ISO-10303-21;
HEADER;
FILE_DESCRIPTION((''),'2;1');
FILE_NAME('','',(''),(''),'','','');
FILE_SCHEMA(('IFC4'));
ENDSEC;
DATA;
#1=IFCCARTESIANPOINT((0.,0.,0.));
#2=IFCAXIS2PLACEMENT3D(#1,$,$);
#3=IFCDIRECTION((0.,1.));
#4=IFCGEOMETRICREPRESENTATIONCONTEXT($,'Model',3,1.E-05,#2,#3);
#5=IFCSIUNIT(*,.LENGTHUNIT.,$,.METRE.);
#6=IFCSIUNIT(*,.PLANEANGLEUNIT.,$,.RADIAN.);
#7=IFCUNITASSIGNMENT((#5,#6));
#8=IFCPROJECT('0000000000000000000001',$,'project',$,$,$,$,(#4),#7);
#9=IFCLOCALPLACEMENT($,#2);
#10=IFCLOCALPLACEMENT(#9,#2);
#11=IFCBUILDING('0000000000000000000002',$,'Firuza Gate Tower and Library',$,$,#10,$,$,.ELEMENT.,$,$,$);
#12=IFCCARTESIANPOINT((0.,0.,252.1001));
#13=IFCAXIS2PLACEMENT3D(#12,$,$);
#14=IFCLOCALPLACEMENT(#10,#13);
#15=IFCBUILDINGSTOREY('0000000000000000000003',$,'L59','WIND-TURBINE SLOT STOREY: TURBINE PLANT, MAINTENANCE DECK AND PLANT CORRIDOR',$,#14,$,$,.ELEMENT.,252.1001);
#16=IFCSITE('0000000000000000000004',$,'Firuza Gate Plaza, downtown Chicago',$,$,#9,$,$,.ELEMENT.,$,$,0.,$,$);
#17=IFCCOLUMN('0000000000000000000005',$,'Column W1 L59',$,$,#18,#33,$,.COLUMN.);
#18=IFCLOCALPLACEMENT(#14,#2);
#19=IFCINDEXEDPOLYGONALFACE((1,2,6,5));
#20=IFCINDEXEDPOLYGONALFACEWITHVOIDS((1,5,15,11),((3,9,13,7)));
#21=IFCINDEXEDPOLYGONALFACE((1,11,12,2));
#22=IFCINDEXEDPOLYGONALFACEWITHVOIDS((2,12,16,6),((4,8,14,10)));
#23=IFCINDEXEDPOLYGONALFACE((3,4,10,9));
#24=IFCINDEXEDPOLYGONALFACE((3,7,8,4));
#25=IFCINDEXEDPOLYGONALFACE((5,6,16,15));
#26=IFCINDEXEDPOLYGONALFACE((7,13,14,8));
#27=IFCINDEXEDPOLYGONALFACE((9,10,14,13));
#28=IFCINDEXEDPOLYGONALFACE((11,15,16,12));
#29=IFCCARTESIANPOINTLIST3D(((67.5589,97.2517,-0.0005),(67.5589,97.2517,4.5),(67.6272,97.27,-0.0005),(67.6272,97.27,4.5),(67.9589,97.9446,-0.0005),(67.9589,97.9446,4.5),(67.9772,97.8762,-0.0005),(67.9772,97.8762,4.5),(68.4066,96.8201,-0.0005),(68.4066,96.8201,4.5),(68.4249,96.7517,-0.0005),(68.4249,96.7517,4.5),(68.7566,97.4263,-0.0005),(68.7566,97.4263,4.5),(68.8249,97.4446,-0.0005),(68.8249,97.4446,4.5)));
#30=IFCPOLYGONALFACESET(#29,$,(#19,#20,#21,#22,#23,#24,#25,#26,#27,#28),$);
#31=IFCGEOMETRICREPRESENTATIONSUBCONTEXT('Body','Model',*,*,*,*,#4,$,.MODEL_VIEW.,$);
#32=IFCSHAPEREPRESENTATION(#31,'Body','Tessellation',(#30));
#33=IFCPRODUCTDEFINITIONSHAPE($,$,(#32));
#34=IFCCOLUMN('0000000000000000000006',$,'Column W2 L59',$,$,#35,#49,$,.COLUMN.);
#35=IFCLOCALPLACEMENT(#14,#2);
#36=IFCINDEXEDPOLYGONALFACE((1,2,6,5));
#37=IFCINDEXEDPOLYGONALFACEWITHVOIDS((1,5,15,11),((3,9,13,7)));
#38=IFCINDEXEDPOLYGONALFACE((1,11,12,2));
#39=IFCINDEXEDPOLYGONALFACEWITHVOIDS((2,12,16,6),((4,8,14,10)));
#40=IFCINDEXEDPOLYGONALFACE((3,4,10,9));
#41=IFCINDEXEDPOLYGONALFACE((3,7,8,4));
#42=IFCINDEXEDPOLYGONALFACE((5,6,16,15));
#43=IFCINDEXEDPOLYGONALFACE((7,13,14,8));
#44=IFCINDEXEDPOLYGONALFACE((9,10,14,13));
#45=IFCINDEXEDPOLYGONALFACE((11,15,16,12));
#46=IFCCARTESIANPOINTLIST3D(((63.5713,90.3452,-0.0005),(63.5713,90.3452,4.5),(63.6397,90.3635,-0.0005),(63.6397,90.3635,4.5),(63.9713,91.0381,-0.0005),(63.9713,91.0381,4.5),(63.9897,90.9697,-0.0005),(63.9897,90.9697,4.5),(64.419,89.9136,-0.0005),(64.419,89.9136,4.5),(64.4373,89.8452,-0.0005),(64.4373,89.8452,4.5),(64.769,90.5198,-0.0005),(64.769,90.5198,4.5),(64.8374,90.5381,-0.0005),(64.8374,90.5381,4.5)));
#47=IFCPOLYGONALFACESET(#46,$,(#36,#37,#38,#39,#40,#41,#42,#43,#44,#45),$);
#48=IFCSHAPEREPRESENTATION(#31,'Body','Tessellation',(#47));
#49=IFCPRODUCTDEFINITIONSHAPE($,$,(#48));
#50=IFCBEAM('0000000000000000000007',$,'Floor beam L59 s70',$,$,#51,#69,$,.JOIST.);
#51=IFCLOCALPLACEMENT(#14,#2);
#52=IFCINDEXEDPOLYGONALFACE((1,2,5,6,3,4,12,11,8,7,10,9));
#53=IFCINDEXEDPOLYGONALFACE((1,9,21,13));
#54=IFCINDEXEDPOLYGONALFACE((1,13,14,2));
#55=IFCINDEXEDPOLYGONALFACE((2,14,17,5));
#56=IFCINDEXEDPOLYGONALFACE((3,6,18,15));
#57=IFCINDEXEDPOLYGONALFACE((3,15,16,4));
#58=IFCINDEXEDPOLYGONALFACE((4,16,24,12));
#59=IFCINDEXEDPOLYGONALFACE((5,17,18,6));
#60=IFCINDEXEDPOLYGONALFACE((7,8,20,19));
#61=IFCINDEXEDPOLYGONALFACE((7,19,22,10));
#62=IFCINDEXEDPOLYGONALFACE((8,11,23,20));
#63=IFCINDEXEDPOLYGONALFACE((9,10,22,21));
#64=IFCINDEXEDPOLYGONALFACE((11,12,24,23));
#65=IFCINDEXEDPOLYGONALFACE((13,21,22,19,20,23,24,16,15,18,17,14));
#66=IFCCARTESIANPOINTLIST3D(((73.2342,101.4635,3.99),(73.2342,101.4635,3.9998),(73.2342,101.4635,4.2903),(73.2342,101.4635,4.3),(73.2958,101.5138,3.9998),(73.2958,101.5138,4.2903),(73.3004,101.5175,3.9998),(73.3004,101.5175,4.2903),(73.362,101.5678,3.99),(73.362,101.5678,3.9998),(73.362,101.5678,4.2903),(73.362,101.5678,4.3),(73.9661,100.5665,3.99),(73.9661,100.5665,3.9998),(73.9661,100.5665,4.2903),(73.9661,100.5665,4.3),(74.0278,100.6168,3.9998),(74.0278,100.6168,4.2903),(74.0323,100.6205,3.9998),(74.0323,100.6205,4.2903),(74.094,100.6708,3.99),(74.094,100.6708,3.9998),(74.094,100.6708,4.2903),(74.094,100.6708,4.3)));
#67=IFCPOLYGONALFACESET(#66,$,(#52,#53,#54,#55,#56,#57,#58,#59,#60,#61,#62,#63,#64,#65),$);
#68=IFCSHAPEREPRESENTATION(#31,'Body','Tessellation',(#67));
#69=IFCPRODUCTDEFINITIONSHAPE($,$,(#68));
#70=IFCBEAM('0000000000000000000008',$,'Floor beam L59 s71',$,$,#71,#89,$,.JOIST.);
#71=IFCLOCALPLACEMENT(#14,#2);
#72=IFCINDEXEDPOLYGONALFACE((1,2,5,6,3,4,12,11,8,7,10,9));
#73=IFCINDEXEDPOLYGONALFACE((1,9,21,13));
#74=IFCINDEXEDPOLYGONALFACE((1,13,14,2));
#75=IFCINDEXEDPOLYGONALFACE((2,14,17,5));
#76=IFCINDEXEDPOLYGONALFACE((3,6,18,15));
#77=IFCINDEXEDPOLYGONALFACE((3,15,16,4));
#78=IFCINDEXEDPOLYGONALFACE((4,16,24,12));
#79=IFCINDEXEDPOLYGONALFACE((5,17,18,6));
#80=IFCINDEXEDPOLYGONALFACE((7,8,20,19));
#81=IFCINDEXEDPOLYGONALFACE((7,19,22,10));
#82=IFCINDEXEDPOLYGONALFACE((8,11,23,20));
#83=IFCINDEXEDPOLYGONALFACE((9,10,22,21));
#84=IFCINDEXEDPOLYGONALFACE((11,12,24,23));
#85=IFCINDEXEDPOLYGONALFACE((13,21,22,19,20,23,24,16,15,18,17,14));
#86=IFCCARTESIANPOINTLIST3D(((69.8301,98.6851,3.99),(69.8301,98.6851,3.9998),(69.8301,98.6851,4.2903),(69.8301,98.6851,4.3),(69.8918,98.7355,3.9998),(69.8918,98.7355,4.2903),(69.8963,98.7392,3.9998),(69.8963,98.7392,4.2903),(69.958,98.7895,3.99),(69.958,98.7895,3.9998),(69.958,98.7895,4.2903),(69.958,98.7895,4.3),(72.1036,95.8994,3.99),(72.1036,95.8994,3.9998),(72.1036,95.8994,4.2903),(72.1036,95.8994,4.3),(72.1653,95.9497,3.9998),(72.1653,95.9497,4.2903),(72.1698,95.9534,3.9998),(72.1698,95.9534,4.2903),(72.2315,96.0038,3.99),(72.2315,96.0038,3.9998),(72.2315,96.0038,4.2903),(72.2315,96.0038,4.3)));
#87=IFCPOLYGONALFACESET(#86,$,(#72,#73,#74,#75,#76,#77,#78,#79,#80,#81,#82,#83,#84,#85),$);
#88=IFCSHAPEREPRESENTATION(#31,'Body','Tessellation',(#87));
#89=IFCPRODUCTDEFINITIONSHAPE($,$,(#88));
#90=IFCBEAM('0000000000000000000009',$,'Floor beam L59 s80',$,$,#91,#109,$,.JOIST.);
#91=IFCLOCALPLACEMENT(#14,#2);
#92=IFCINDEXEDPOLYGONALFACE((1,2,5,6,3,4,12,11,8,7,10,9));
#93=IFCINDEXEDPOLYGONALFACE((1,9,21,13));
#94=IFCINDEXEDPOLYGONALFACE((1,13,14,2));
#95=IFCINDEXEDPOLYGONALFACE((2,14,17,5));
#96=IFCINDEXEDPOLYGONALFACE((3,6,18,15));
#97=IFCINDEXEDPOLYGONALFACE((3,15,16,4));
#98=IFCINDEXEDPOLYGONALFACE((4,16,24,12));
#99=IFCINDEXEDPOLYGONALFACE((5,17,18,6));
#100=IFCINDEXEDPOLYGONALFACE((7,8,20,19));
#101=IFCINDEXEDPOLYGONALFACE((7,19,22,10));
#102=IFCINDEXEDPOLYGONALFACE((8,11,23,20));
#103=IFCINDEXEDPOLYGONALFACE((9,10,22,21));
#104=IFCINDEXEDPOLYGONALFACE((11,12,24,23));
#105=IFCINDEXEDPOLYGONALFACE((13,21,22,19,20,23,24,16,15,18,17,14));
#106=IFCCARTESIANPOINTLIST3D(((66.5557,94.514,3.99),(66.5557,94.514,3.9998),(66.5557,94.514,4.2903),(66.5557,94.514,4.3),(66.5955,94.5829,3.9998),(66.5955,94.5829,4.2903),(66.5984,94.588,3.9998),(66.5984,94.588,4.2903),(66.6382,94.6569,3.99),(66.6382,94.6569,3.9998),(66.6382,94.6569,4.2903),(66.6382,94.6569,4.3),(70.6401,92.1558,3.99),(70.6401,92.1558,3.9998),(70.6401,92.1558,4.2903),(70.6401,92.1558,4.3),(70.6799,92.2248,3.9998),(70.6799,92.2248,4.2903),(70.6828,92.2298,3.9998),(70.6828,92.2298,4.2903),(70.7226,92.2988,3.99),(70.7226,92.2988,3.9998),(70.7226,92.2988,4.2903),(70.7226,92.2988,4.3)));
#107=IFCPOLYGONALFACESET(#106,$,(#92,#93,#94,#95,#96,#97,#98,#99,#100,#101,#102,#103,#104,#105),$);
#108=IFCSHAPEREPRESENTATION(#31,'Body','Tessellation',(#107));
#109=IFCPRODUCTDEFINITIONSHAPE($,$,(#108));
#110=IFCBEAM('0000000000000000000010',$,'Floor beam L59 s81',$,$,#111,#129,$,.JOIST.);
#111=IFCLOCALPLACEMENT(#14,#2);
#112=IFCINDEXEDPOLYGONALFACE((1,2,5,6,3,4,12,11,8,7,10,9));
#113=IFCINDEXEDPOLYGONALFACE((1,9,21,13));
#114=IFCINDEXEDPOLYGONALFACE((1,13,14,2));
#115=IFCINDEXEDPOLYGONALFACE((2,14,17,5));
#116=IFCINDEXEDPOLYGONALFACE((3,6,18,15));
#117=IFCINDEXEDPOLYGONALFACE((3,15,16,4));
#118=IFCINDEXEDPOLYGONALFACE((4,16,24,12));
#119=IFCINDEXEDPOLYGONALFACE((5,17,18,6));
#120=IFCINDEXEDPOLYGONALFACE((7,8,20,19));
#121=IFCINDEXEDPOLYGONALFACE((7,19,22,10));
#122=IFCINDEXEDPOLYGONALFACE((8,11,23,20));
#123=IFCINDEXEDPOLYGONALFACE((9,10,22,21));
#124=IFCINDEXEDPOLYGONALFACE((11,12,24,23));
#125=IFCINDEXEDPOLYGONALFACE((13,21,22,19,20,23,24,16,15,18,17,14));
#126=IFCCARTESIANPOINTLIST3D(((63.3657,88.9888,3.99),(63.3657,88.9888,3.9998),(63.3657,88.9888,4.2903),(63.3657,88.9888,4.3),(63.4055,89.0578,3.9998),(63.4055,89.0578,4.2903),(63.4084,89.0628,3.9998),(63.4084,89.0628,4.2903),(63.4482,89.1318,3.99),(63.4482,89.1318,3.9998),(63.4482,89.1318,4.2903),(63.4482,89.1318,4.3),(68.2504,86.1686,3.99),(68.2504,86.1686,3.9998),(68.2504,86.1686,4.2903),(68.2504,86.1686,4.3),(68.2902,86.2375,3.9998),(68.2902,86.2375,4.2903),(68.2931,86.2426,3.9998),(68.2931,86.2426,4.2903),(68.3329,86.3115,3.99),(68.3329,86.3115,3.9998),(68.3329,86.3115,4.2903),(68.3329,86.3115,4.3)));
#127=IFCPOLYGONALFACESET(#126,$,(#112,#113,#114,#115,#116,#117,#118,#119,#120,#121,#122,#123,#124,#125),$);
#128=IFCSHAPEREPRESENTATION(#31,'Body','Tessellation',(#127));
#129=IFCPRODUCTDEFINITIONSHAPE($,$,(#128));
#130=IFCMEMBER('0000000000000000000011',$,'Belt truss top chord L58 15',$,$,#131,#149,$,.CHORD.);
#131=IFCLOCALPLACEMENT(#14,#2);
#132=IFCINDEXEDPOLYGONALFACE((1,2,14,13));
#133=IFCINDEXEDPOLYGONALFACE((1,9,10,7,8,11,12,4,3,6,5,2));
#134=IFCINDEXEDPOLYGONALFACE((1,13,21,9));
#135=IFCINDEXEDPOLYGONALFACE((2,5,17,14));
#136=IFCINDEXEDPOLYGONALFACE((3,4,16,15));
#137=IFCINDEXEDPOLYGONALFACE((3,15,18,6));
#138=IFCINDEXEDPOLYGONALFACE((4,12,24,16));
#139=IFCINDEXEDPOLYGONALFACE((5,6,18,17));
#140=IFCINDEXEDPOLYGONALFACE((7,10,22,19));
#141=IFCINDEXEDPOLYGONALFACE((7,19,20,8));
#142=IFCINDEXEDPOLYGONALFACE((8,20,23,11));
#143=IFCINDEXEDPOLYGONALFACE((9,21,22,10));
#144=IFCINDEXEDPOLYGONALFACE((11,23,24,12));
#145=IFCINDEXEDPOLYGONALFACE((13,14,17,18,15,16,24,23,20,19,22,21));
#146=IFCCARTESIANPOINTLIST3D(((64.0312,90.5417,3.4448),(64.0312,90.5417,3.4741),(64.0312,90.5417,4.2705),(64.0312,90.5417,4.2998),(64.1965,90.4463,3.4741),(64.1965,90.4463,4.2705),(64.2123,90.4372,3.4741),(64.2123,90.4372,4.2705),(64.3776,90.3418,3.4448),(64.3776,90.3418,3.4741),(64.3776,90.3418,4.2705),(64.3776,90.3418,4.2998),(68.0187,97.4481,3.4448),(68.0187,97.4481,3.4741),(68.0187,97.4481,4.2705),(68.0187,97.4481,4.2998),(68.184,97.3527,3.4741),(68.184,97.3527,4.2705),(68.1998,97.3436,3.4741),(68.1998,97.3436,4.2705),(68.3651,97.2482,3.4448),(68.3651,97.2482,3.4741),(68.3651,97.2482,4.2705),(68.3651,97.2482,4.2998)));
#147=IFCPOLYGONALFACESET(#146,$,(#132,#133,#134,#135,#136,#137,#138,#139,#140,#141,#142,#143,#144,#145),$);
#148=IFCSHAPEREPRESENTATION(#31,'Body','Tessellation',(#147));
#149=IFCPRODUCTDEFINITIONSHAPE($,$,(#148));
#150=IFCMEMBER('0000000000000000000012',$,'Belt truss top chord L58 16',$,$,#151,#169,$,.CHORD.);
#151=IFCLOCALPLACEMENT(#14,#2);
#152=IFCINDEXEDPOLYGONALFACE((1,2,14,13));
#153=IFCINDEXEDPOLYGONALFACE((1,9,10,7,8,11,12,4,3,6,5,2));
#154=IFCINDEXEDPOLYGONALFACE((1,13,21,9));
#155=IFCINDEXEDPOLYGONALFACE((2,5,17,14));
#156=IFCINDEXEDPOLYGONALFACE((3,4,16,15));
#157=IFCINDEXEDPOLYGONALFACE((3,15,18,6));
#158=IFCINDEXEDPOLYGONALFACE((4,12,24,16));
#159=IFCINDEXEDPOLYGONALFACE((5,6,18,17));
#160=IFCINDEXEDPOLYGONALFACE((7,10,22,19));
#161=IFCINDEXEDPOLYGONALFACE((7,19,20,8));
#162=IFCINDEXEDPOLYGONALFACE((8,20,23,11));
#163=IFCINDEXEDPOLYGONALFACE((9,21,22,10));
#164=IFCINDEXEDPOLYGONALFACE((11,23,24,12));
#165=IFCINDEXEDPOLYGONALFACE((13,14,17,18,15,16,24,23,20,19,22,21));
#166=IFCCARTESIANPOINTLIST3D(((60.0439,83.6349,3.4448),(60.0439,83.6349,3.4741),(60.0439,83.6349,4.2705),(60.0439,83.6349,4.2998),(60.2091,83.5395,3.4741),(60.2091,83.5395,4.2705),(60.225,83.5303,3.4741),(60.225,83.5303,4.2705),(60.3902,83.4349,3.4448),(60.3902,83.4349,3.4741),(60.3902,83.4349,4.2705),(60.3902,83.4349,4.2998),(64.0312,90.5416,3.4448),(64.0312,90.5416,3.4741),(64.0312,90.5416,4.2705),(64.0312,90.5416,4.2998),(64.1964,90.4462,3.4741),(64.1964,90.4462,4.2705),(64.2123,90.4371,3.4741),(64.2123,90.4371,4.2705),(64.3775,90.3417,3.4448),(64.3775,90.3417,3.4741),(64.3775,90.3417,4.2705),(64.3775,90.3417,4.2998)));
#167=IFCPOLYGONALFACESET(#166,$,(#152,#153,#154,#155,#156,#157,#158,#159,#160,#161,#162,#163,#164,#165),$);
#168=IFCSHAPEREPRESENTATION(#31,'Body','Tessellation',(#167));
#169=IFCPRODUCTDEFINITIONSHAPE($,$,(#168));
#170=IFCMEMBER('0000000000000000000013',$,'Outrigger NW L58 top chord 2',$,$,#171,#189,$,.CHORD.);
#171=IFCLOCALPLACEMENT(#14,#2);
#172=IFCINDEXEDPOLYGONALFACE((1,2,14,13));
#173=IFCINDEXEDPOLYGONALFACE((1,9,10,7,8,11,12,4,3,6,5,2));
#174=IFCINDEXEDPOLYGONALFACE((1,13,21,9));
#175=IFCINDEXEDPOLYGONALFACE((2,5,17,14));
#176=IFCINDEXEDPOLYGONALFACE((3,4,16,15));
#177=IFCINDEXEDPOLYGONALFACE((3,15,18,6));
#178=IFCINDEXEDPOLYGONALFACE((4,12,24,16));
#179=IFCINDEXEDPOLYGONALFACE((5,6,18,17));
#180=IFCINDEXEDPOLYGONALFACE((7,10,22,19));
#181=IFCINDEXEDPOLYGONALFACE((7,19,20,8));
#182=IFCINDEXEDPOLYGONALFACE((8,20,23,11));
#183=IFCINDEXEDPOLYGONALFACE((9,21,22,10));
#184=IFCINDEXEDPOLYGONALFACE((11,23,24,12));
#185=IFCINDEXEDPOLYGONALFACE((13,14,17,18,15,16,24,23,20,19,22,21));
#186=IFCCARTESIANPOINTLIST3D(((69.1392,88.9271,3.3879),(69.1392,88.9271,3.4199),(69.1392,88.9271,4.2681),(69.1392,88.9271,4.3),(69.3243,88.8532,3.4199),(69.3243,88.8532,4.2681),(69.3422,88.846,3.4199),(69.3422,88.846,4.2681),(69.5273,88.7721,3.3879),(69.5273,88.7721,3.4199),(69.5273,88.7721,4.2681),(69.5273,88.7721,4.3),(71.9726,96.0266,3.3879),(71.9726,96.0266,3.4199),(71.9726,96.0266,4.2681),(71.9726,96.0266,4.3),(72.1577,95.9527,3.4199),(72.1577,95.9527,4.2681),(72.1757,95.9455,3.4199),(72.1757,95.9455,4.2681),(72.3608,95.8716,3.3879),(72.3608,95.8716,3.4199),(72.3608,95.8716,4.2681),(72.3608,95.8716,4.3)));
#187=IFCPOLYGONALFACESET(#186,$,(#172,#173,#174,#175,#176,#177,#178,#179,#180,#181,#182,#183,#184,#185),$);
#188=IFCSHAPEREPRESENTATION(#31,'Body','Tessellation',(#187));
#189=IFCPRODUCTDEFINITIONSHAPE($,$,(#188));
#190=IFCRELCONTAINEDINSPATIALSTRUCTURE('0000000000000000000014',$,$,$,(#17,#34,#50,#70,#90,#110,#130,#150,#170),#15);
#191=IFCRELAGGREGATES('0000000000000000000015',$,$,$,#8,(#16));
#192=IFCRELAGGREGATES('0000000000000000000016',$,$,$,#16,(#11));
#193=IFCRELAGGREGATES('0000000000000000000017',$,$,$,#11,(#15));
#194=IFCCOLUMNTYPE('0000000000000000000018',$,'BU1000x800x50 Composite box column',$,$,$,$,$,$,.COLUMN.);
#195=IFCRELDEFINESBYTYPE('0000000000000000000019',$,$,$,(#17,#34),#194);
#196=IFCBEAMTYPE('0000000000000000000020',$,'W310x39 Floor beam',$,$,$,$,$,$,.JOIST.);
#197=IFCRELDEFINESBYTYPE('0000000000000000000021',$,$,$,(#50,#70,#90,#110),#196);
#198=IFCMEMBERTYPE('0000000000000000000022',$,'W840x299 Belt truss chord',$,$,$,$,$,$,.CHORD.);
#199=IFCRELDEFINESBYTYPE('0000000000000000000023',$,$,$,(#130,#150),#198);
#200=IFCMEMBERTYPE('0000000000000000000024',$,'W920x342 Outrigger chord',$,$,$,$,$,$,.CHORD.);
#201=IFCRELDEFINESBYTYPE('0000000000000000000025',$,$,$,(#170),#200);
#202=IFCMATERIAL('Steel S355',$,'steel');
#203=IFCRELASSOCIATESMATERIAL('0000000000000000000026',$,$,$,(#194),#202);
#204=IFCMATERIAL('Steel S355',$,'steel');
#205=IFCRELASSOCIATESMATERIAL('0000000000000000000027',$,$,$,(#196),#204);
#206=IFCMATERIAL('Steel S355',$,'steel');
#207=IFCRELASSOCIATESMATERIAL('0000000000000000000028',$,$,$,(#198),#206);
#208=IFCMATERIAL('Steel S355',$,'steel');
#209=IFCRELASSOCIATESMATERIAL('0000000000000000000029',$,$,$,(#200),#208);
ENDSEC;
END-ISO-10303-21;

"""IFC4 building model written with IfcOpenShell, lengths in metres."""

from ifc_helpers import new_model, si_unit, direction, frame, origin, origin_2d, place, context, subcontext, project, spatial, hollow_rectangle, i_section, extrude, material, material_profile, profile_set, type_object, element, save


model = new_model("IFC4")

# Units and contexts
model_context = context("Model", 3, precision=1e-05, world=origin(), true_north=direction((0.0, 1.0)))
body_context = subcontext(model_context, "Body", "Model", "MODEL_VIEW")
ifc_project = project(units=[si_unit("LENGTHUNIT", "METRE"), si_unit("PLANEANGLEUNIT", "RADIAN")], contexts=[model_context])

# Site, building, storey
site_placement = place(None, origin())
site = spatial("IfcSite", under=ifc_project, at=site_placement, Name="Firuza Gate Plaza, downtown Chicago", CompositionType="ELEMENT", RefElevation=0.0)
building_placement = place(site_placement, origin())
building = spatial("IfcBuilding", under=site, at=building_placement, Name="Firuza Gate Tower and Library", CompositionType="ELEMENT")
storey_placement = place(building_placement, frame((0.0, 0.0, 252.1001)))
storey = spatial("IfcBuildingStorey", under=building, at=storey_placement, Name="L59", Description="WIND-TURBINE SLOT STOREY: TURBINE PLANT, MAINTENANCE DECK AND PLANT CORRIDOR", CompositionType="ELEMENT", Elevation=252.1001)

# Columns
ifc_material_1 = material(Name="Steel S355", Category="steel")
ifc_material_profile_1 = material_profile(ifc_material_1, hollow_rectangle(XDim=0.8, YDim=1.0, WallThickness=0.05, at=origin_2d()))
ifc_profile_set_1 = profile_set([ifc_material_profile_1], Name="Steel S355")
column_type = type_object("IfcColumnType", Name="BU1000x800x50 Composite box column", PredefinedType="COLUMN", material=ifc_profile_set_1)
for number, where, z_axis, x_axis, name in (
    (1, (68.1919, 97.3481, -0.0005), (0.0, 0.0, 1.0), (-0.5, -0.866025, 0.0), "Column W1 L59"),
    (2, (64.2043, 90.4417, -0.0005), (0.0, 0.0, 1.0), (-0.5, -0.866025, 0.0), "Column W2 L59"),
):
    element("IfcColumn", number, at=place(storey_placement, frame(where, z_axis=z_axis, x_axis=x_axis)), inside=storey, type_object=column_type, Name=name, PredefinedType="COLUMN", context=body_context, shape_type="SweptSolid", body=[
        extrude(hollow_rectangle(XDim=0.8, YDim=1.0, WallThickness=0.05, at=origin_2d()), origin(), (0.0, 0.0, 1.0), 4.5005),
    ])

# Beams
ifc_material_2 = material(Name="Steel S355", Category="steel")
ifc_material_profile_2 = material_profile(ifc_material_2, i_section(OverallWidth=0.165, OverallDepth=0.3101, WebThickness=0.0059, FlangeThickness=0.0098, at=origin_2d()))
ifc_profile_set_2 = profile_set([ifc_material_profile_2], Name="Steel S355")
beam_type = type_object("IfcBeamType", Name="W310x39 Floor beam", PredefinedType="JOIST", material=ifc_profile_set_2)
beam_1_placement = place(storey_placement, frame((73.2981, 101.5156, 4.145), z_axis=(0.632227, -0.774783, 0.0), x_axis=(0.774783, 0.632227, 0.0)))
element("IfcBeam", 3, at=beam_1_placement, inside=storey, type_object=beam_type, Name="Floor beam L59 s70", PredefinedType="JOIST", context=body_context, shape_type="SweptSolid", body=[
    extrude(i_section(OverallWidth=0.165, OverallDepth=0.3101, WebThickness=0.0059, FlangeThickness=0.0098, at=origin_2d()), origin(), (0.0, 0.0, 1.0), 1.1577),
])
beam_2_placement = place(storey_placement, frame((69.894, 98.7373, 4.145), z_axis=(0.632283, -0.774737, 0.0), x_axis=(0.774737, 0.632283, 0.0)))
element("IfcBeam", 4, at=beam_2_placement, inside=storey, type_object=beam_type, Name="Floor beam L59 s71", PredefinedType="JOIST", context=body_context, shape_type="SweptSolid", body=[
    extrude(i_section(OverallWidth=0.165, OverallDepth=0.3101, WebThickness=0.0059, FlangeThickness=0.0098, at=origin_2d()), origin(), (0.0, 0.0, 1.0), 3.5957),
])
beam_3_placement = place(storey_placement, frame((66.5969, 94.5854, 4.145), z_axis=(0.866027, -0.499997, 0.0), x_axis=(0.499997, 0.866027, 0.0)))
element("IfcBeam", 5, at=beam_3_placement, inside=storey, type_object=beam_type, Name="Floor beam L59 s80", PredefinedType="JOIST", context=body_context, shape_type="SweptSolid", body=[
    extrude(i_section(OverallWidth=0.165, OverallDepth=0.3101, WebThickness=0.0059, FlangeThickness=0.0098, at=origin_2d()), origin(), (0.0, 0.0, 1.0), 4.7163),
])
beam_4_placement = place(storey_placement, frame((63.407, 89.0603, 4.145), z_axis=(0.866018, -0.500012, 0.0), x_axis=(0.500012, 0.866018, 0.0)))
element("IfcBeam", 6, at=beam_4_placement, inside=storey, type_object=beam_type, Name="Floor beam L59 s81", PredefinedType="JOIST", context=body_context, shape_type="SweptSolid", body=[
    extrude(i_section(OverallWidth=0.165, OverallDepth=0.3101, WebThickness=0.0059, FlangeThickness=0.0098, at=origin_2d()), origin(), (0.0, 0.0, 1.0), 5.6404),
])

# Members
ifc_material_3 = material(Name="Steel S355", Category="steel")
ifc_material_profile_3 = material_profile(ifc_material_3, i_section(OverallWidth=0.3999, OverallDepth=0.855, WebThickness=0.0183, FlangeThickness=0.0293, at=origin_2d()))
ifc_profile_set_3 = profile_set([ifc_material_profile_3], Name="Steel S355")
member_type_1 = type_object("IfcMemberType", Name="W840x299 Belt truss chord", PredefinedType="CHORD", material=ifc_profile_set_3)
member_1_placement = place(storey_placement, frame((68.1919, 97.3481, 3.8723), z_axis=(-0.500008, -0.866021, 0.0), x_axis=(0.866021, -0.500008, 0.0)))
element("IfcMember", 7, at=member_1_placement, inside=storey, type_object=member_type_1, Name="Belt truss top chord L58 15", PredefinedType="CHORD", context=body_context, shape_type="SweptSolid", body=[
    extrude(i_section(OverallWidth=0.3999, OverallDepth=0.855, WebThickness=0.0183, FlangeThickness=0.0293, at=origin_2d()), origin(), (0.0, 0.0, 1.0), 7.9749),
])
member_2_placement = place(storey_placement, frame((64.2043, 90.4417, 3.8723), z_axis=(-0.499972, -0.866042, 0.0), x_axis=(0.866042, -0.499972, 0.0)))
element("IfcMember", 8, at=member_2_placement, inside=storey, type_object=member_type_1, Name="Belt truss top chord L58 16", PredefinedType="CHORD", context=body_context, shape_type="SweptSolid", body=[
    extrude(i_section(OverallWidth=0.3999, OverallDepth=0.855, WebThickness=0.0183, FlangeThickness=0.0293, at=origin_2d()), origin(), (0.0, 0.0, 1.0), 7.9751),
])
ifc_material_4 = material(Name="Steel S355", Category="steel")
ifc_material_profile_4 = material_profile(ifc_material_4, i_section(OverallWidth=0.418, OverallDepth=0.9121, WebThickness=0.0193, FlangeThickness=0.032, at=origin_2d()))
ifc_profile_set_4 = profile_set([ifc_material_profile_4], Name="Steel S355")
member_type_2 = type_object("IfcMemberType", Name="W920x342 Outrigger chord", PredefinedType="CHORD", material=ifc_profile_set_4)
member_3_placement = place(storey_placement, frame((69.3333, 88.8496, 3.844), z_axis=(0.370675, 0.928763, 0.0), x_axis=(-0.928763, 0.370675, 0.0)))
element("IfcMember", 9, at=member_3_placement, inside=storey, type_object=member_type_2, Name="Outrigger NW L58 top chord 2", PredefinedType="CHORD", context=body_context, shape_type="SweptSolid", body=[
    extrude(i_section(OverallWidth=0.418, OverallDepth=0.9121, WebThickness=0.0193, FlangeThickness=0.032, at=origin_2d()), origin(), (0.0, 0.0, 1.0), 7.644),
])

save(model, "model.ifc")
